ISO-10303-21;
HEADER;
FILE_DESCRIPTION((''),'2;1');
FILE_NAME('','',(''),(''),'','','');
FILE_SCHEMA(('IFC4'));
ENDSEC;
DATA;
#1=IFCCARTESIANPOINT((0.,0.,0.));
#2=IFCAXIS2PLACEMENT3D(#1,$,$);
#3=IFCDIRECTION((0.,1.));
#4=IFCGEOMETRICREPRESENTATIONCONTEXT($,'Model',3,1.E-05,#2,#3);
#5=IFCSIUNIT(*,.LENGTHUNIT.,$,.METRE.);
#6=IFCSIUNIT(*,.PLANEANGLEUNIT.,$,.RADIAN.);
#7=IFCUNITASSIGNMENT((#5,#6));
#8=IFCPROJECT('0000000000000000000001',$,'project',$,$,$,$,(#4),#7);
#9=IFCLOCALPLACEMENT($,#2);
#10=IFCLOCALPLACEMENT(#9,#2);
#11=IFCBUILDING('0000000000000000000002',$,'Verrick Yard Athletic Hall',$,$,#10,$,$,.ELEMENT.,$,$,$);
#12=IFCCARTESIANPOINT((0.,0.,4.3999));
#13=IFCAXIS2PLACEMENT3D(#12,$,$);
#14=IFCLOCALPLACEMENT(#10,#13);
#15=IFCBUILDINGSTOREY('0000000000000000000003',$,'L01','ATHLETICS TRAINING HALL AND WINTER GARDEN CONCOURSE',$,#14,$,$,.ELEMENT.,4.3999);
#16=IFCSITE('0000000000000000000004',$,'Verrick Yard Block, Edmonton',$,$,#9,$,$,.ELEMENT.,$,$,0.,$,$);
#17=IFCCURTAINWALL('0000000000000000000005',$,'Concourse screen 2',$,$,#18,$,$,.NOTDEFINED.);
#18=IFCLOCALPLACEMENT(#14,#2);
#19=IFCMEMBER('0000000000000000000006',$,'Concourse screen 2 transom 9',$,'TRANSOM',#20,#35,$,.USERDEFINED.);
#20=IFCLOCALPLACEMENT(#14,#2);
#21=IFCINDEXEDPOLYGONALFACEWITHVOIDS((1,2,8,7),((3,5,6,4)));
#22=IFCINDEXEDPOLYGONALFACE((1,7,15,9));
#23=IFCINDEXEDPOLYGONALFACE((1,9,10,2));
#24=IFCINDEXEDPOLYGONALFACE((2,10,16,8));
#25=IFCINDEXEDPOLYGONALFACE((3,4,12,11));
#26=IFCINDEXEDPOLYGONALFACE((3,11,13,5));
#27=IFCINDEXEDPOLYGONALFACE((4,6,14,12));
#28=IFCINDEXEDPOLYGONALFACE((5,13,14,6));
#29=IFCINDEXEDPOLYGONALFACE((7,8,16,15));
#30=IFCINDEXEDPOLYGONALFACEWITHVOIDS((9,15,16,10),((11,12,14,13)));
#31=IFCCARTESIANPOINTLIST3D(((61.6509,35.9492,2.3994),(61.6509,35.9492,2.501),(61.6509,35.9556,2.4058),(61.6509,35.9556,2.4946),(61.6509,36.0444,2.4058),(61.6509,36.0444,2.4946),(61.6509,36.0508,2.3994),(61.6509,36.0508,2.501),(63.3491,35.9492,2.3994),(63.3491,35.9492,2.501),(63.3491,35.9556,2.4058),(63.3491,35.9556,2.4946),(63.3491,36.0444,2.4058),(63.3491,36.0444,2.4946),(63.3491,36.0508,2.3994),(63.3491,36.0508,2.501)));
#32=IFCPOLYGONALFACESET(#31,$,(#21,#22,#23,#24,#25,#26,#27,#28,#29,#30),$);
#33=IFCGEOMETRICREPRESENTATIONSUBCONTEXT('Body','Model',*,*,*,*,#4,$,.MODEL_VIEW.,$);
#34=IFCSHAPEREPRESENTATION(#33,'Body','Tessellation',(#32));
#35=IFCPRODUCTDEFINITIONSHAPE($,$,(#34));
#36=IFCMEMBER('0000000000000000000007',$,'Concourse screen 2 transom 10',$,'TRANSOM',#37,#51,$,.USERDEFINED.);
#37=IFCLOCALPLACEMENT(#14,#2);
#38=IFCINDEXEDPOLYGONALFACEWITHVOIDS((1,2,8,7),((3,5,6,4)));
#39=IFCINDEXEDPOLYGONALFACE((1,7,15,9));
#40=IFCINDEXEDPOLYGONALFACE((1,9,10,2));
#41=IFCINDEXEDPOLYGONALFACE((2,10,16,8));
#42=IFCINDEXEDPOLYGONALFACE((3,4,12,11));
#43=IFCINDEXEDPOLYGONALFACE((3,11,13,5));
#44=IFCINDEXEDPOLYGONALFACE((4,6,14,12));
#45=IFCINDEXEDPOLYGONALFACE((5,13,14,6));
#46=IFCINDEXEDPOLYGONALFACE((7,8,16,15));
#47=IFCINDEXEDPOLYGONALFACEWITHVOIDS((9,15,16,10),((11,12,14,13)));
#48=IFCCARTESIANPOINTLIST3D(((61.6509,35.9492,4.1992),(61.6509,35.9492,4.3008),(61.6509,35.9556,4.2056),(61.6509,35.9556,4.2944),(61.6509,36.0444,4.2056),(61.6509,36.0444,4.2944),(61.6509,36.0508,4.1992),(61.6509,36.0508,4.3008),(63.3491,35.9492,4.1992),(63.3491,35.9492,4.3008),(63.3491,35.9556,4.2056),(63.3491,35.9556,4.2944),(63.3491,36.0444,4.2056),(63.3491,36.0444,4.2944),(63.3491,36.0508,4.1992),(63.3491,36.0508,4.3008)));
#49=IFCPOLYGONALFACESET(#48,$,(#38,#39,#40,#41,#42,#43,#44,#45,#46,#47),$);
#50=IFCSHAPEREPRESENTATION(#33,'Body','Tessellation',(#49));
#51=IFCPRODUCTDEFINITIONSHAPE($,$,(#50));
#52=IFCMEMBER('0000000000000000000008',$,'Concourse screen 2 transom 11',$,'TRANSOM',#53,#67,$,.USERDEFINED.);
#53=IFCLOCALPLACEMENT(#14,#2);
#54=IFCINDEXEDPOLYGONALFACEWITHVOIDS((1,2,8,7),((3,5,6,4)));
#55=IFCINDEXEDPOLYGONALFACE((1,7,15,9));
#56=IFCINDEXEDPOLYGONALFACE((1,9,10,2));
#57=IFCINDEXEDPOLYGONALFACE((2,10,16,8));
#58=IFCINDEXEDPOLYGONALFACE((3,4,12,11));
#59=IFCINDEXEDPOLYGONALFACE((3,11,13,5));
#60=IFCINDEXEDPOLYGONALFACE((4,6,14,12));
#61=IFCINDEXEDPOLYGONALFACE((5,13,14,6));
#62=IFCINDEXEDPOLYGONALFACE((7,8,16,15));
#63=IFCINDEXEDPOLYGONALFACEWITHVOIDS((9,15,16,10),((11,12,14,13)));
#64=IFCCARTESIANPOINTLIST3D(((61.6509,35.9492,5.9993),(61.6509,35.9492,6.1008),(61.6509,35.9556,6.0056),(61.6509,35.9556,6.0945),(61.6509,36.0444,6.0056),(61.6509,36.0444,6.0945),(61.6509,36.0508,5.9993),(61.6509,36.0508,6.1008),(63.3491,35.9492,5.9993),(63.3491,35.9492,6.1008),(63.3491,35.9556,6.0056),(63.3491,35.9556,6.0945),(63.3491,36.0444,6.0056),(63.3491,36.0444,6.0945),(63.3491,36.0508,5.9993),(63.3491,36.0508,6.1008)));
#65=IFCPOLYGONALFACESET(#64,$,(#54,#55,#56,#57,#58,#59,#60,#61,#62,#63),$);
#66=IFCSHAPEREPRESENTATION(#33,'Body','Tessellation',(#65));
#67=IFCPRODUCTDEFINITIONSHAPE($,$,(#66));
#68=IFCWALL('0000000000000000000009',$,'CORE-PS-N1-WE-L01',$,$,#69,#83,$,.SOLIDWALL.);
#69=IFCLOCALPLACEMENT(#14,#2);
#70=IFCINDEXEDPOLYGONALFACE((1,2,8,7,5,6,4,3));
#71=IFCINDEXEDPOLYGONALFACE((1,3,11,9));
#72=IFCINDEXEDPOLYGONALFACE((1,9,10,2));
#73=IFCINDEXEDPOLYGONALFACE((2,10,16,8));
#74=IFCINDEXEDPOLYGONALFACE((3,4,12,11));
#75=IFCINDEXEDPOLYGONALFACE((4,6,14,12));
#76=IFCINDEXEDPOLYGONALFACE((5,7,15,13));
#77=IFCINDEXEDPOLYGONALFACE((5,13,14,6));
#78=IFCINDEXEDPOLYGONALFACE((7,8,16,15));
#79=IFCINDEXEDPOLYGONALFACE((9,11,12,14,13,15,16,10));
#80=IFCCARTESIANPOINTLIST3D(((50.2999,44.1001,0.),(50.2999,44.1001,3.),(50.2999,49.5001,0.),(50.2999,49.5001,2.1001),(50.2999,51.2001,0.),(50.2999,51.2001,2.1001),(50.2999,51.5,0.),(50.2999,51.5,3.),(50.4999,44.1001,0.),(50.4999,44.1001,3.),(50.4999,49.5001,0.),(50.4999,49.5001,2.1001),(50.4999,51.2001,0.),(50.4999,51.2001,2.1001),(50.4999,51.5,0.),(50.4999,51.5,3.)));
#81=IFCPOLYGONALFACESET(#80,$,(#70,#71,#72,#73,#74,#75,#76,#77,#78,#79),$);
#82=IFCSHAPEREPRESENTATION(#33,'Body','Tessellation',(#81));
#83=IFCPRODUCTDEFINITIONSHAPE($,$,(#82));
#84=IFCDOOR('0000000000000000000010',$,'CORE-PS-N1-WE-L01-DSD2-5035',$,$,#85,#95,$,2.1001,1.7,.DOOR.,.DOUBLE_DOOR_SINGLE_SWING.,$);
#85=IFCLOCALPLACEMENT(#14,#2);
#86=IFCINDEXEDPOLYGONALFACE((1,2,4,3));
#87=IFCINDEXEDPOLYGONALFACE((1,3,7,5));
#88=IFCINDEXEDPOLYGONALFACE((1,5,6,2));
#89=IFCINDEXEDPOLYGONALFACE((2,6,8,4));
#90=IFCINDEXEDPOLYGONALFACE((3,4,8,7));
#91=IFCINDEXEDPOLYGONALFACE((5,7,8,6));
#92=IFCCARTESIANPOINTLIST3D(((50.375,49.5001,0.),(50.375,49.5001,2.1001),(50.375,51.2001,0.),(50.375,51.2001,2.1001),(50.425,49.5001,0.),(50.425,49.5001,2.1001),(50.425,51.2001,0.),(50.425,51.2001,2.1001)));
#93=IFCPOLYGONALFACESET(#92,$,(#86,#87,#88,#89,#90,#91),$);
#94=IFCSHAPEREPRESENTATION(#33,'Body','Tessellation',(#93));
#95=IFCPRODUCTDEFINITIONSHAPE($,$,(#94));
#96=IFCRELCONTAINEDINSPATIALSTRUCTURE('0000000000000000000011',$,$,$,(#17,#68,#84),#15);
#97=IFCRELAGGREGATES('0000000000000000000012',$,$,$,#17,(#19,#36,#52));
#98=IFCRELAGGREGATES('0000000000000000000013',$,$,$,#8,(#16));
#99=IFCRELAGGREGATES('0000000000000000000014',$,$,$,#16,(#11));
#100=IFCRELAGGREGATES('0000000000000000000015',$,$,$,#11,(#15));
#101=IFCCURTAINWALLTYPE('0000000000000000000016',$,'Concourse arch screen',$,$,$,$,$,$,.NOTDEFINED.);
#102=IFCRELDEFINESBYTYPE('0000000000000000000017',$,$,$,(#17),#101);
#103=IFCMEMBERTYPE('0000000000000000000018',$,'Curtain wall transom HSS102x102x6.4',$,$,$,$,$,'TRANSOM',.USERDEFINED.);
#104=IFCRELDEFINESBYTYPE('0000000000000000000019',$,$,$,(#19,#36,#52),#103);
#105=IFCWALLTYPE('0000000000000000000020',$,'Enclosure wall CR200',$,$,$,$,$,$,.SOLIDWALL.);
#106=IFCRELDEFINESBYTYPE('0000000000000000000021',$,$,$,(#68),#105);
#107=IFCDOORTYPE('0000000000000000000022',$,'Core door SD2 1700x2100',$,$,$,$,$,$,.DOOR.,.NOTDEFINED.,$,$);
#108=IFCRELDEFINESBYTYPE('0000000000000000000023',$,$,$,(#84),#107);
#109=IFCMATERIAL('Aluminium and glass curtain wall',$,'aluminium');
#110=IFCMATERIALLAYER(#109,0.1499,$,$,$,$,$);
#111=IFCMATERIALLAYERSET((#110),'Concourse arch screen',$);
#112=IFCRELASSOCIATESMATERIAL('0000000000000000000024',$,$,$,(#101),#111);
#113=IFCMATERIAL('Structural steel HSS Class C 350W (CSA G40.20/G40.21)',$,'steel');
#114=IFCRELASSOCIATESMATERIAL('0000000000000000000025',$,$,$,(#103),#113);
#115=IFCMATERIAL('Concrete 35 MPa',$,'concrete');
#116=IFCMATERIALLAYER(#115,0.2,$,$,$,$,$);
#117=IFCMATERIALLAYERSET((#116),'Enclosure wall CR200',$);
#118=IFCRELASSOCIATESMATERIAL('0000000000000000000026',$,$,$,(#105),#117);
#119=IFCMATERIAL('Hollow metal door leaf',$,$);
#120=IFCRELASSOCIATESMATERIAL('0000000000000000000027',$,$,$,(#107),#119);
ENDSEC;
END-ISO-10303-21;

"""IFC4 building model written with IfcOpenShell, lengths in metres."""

from ifc_helpers import new_model, si_unit, direction, frame, frame_2d, origin, origin_2d, place, context, subcontext, project, spatial, rectangle, hollow_rectangle, extrude, material, layer, layer_set, material_profile, profile_set, type_object, element, fill, aggregate, save


model = new_model("IFC4")

# Units and contexts
model_context = context("Model", 3, precision=1e-05, world=origin(), true_north=direction((0.0, 1.0)))
body_context = subcontext(model_context, "Body", "Model", "MODEL_VIEW")
ifc_project = project(units=[si_unit("LENGTHUNIT", "METRE"), si_unit("PLANEANGLEUNIT", "RADIAN")], contexts=[model_context])

# Site, building, storey
site_placement = place(None, origin())
site = spatial("IfcSite", under=ifc_project, at=site_placement, Name="Verrick Yard Block, Edmonton", CompositionType="ELEMENT", RefElevation=0.0)
building_placement = place(site_placement, origin())
building = spatial("IfcBuilding", under=site, at=building_placement, Name="Verrick Yard Athletic Hall", CompositionType="ELEMENT")
storey_placement = place(building_placement, frame((0.0, 0.0, 4.3999)))
storey = spatial("IfcBuildingStorey", under=building, at=storey_placement, Name="L01", Description="ATHLETICS TRAINING HALL AND WINTER GARDEN CONCOURSE", CompositionType="ELEMENT", Elevation=4.3999)

# Curtain wall, members
ifc_material_1 = material(Name="Aluminium and glass curtain wall", Category="aluminium")
ifc_layer_1 = layer(ifc_material_1, 0.1499)
ifc_layer_set_1 = layer_set([ifc_layer_1], Name="Concourse arch screen")
curtain_wall_type = type_object("IfcCurtainWallType", Name="Concourse arch screen", PredefinedType="NOTDEFINED", material=ifc_layer_set_1)
curtain_wall_placement = place(storey_placement, origin())
curtain_wall = element("IfcCurtainWall", 1, at=curtain_wall_placement, inside=storey, type_object=curtain_wall_type, Name="Concourse screen 2", PredefinedType="NOTDEFINED")
ifc_material_2 = material(Name="Structural steel HSS Class C 350W (CSA G40.20/G40.21)", Category="steel")
ifc_material_profile_1 = material_profile(ifc_material_2, hollow_rectangle(XDim=0.1016, YDim=0.1016, WallThickness=0.0063, at=origin_2d()), Name="HSS102x102x6.4")
ifc_profile_set_1 = profile_set([ifc_material_profile_1], Name="Structural steel HSS Class C 350W (CSA G40.20/G40.21)")
member_type_1 = type_object("IfcMemberType", Name="Curtain wall transom HSS102x102x6.4", ElementType="TRANSOM", PredefinedType="USERDEFINED", material=ifc_profile_set_1)
member_1_placement = place(storey_placement, frame((61.6509, 36.0, 2.4502), z_axis=(1.0, 0.0, 0.0), x_axis=(0.0, 1.0, 0.0)))
member_1 = element("IfcMember", 2, at=member_1_placement, type_object=member_type_1, Name="Concourse screen 2 transom 9", ObjectType="TRANSOM", PredefinedType="USERDEFINED", context=body_context, shape_type="SweptSolid", body=[
    extrude(hollow_rectangle(XDim=0.1016, YDim=0.1016, WallThickness=0.0063, at=origin_2d()), origin(), (0.0, 0.0, 1.0), 1.6982),
])
member_2_placement = place(storey_placement, frame((61.6509, 36.0, 4.25), z_axis=(1.0, 0.0, 0.0), x_axis=(0.0, 1.0, 0.0)))
member_2 = element("IfcMember", 3, at=member_2_placement, type_object=member_type_1, Name="Concourse screen 2 transom 10", ObjectType="TRANSOM", PredefinedType="USERDEFINED", context=body_context, shape_type="SweptSolid", body=[
    extrude(hollow_rectangle(XDim=0.1016, YDim=0.1016, WallThickness=0.0063, at=origin_2d()), origin(), (0.0, 0.0, 1.0), 1.6982),
])
member_3_placement = place(storey_placement, frame((61.6509, 36.0, 6.05), z_axis=(1.0, 0.0, 0.0), x_axis=(0.0, 1.0, 0.0)))
member_3 = element("IfcMember", 4, at=member_3_placement, type_object=member_type_1, Name="Concourse screen 2 transom 11", ObjectType="TRANSOM", PredefinedType="USERDEFINED", context=body_context, shape_type="SweptSolid", body=[
    extrude(hollow_rectangle(XDim=0.1016, YDim=0.1016, WallThickness=0.0063, at=origin_2d()), origin(), (0.0, 0.0, 1.0), 1.6982),
])
aggregate(curtain_wall, [member_1, member_2, member_3])

# Wall, opening, door
ifc_material_3 = material(Name="Concrete 35 MPa", Category="concrete")
ifc_layer_2 = layer(ifc_material_3, 0.2)
ifc_layer_set_2 = layer_set([ifc_layer_2], Name="Enclosure wall CR200")
wall_type = type_object("IfcWallType", Name="Enclosure wall CR200", PredefinedType="SOLIDWALL", material=ifc_layer_set_2)
wall_placement = place(storey_placement, frame((50.3999, 44.1001, 0.0), z_axis=(0.0, 0.0, 1.0), x_axis=(0.0, 1.0, 0.0)))
wall = element("IfcWall", 5, at=wall_placement, inside=storey, type_object=wall_type, Name="CORE-PS-N1-WE-L01", PredefinedType="SOLIDWALL", context=body_context, shape_type="SweptSolid", body=[
    extrude(rectangle(XDim=7.3999, YDim=0.2, at=frame_2d((3.7, 0.0))), origin(), (0.0, 0.0, 1.0), 3.0),
])
opening_placement = place(wall_placement, frame((5.3999, 0.0, 0.0)))
opening = element("IfcOpeningElement", 6, at=opening_placement, cuts=wall, PredefinedType="OPENING", context=body_context, shape_type="SweptSolid", body=[
    extrude(rectangle(XDim=1.7, YDim=2.1001, at=frame_2d((0.8501, 1.05))), frame((0.0, 0.1099, 0.0), z_axis=(0.0, -1.0, 0.0), x_axis=(1.0, 0.0, 0.0)), (0.0, 0.0, 1.0), 0.22),
])
ifc_material_4 = material(Name="Hollow metal door leaf")
door_type = type_object("IfcDoorType", Name="Core door SD2 1700x2100", OperationType="NOTDEFINED", PredefinedType="DOOR", material=ifc_material_4)
door_placement = place(opening_placement, origin())
door = element("IfcDoor", 7, at=door_placement, inside=storey, type_object=door_type, Name="CORE-PS-N1-WE-L01-DSD2-5035", OperationType="DOUBLE_DOOR_SINGLE_SWING", OverallHeight=2.1001, OverallWidth=1.7, PredefinedType="DOOR", context=body_context, shape_type="SweptSolid", body=[
    extrude(rectangle(XDim=1.7, YDim=2.1001, at=frame_2d((0.8501, 1.05))), frame((0.0, 0.0249, 0.0), z_axis=(0.0, -1.0, 0.0), x_axis=(1.0, 0.0, 0.0)), (0.0, 0.0, 1.0), 0.05),
])
fill(opening, door)

save(model, "model.ifc")
